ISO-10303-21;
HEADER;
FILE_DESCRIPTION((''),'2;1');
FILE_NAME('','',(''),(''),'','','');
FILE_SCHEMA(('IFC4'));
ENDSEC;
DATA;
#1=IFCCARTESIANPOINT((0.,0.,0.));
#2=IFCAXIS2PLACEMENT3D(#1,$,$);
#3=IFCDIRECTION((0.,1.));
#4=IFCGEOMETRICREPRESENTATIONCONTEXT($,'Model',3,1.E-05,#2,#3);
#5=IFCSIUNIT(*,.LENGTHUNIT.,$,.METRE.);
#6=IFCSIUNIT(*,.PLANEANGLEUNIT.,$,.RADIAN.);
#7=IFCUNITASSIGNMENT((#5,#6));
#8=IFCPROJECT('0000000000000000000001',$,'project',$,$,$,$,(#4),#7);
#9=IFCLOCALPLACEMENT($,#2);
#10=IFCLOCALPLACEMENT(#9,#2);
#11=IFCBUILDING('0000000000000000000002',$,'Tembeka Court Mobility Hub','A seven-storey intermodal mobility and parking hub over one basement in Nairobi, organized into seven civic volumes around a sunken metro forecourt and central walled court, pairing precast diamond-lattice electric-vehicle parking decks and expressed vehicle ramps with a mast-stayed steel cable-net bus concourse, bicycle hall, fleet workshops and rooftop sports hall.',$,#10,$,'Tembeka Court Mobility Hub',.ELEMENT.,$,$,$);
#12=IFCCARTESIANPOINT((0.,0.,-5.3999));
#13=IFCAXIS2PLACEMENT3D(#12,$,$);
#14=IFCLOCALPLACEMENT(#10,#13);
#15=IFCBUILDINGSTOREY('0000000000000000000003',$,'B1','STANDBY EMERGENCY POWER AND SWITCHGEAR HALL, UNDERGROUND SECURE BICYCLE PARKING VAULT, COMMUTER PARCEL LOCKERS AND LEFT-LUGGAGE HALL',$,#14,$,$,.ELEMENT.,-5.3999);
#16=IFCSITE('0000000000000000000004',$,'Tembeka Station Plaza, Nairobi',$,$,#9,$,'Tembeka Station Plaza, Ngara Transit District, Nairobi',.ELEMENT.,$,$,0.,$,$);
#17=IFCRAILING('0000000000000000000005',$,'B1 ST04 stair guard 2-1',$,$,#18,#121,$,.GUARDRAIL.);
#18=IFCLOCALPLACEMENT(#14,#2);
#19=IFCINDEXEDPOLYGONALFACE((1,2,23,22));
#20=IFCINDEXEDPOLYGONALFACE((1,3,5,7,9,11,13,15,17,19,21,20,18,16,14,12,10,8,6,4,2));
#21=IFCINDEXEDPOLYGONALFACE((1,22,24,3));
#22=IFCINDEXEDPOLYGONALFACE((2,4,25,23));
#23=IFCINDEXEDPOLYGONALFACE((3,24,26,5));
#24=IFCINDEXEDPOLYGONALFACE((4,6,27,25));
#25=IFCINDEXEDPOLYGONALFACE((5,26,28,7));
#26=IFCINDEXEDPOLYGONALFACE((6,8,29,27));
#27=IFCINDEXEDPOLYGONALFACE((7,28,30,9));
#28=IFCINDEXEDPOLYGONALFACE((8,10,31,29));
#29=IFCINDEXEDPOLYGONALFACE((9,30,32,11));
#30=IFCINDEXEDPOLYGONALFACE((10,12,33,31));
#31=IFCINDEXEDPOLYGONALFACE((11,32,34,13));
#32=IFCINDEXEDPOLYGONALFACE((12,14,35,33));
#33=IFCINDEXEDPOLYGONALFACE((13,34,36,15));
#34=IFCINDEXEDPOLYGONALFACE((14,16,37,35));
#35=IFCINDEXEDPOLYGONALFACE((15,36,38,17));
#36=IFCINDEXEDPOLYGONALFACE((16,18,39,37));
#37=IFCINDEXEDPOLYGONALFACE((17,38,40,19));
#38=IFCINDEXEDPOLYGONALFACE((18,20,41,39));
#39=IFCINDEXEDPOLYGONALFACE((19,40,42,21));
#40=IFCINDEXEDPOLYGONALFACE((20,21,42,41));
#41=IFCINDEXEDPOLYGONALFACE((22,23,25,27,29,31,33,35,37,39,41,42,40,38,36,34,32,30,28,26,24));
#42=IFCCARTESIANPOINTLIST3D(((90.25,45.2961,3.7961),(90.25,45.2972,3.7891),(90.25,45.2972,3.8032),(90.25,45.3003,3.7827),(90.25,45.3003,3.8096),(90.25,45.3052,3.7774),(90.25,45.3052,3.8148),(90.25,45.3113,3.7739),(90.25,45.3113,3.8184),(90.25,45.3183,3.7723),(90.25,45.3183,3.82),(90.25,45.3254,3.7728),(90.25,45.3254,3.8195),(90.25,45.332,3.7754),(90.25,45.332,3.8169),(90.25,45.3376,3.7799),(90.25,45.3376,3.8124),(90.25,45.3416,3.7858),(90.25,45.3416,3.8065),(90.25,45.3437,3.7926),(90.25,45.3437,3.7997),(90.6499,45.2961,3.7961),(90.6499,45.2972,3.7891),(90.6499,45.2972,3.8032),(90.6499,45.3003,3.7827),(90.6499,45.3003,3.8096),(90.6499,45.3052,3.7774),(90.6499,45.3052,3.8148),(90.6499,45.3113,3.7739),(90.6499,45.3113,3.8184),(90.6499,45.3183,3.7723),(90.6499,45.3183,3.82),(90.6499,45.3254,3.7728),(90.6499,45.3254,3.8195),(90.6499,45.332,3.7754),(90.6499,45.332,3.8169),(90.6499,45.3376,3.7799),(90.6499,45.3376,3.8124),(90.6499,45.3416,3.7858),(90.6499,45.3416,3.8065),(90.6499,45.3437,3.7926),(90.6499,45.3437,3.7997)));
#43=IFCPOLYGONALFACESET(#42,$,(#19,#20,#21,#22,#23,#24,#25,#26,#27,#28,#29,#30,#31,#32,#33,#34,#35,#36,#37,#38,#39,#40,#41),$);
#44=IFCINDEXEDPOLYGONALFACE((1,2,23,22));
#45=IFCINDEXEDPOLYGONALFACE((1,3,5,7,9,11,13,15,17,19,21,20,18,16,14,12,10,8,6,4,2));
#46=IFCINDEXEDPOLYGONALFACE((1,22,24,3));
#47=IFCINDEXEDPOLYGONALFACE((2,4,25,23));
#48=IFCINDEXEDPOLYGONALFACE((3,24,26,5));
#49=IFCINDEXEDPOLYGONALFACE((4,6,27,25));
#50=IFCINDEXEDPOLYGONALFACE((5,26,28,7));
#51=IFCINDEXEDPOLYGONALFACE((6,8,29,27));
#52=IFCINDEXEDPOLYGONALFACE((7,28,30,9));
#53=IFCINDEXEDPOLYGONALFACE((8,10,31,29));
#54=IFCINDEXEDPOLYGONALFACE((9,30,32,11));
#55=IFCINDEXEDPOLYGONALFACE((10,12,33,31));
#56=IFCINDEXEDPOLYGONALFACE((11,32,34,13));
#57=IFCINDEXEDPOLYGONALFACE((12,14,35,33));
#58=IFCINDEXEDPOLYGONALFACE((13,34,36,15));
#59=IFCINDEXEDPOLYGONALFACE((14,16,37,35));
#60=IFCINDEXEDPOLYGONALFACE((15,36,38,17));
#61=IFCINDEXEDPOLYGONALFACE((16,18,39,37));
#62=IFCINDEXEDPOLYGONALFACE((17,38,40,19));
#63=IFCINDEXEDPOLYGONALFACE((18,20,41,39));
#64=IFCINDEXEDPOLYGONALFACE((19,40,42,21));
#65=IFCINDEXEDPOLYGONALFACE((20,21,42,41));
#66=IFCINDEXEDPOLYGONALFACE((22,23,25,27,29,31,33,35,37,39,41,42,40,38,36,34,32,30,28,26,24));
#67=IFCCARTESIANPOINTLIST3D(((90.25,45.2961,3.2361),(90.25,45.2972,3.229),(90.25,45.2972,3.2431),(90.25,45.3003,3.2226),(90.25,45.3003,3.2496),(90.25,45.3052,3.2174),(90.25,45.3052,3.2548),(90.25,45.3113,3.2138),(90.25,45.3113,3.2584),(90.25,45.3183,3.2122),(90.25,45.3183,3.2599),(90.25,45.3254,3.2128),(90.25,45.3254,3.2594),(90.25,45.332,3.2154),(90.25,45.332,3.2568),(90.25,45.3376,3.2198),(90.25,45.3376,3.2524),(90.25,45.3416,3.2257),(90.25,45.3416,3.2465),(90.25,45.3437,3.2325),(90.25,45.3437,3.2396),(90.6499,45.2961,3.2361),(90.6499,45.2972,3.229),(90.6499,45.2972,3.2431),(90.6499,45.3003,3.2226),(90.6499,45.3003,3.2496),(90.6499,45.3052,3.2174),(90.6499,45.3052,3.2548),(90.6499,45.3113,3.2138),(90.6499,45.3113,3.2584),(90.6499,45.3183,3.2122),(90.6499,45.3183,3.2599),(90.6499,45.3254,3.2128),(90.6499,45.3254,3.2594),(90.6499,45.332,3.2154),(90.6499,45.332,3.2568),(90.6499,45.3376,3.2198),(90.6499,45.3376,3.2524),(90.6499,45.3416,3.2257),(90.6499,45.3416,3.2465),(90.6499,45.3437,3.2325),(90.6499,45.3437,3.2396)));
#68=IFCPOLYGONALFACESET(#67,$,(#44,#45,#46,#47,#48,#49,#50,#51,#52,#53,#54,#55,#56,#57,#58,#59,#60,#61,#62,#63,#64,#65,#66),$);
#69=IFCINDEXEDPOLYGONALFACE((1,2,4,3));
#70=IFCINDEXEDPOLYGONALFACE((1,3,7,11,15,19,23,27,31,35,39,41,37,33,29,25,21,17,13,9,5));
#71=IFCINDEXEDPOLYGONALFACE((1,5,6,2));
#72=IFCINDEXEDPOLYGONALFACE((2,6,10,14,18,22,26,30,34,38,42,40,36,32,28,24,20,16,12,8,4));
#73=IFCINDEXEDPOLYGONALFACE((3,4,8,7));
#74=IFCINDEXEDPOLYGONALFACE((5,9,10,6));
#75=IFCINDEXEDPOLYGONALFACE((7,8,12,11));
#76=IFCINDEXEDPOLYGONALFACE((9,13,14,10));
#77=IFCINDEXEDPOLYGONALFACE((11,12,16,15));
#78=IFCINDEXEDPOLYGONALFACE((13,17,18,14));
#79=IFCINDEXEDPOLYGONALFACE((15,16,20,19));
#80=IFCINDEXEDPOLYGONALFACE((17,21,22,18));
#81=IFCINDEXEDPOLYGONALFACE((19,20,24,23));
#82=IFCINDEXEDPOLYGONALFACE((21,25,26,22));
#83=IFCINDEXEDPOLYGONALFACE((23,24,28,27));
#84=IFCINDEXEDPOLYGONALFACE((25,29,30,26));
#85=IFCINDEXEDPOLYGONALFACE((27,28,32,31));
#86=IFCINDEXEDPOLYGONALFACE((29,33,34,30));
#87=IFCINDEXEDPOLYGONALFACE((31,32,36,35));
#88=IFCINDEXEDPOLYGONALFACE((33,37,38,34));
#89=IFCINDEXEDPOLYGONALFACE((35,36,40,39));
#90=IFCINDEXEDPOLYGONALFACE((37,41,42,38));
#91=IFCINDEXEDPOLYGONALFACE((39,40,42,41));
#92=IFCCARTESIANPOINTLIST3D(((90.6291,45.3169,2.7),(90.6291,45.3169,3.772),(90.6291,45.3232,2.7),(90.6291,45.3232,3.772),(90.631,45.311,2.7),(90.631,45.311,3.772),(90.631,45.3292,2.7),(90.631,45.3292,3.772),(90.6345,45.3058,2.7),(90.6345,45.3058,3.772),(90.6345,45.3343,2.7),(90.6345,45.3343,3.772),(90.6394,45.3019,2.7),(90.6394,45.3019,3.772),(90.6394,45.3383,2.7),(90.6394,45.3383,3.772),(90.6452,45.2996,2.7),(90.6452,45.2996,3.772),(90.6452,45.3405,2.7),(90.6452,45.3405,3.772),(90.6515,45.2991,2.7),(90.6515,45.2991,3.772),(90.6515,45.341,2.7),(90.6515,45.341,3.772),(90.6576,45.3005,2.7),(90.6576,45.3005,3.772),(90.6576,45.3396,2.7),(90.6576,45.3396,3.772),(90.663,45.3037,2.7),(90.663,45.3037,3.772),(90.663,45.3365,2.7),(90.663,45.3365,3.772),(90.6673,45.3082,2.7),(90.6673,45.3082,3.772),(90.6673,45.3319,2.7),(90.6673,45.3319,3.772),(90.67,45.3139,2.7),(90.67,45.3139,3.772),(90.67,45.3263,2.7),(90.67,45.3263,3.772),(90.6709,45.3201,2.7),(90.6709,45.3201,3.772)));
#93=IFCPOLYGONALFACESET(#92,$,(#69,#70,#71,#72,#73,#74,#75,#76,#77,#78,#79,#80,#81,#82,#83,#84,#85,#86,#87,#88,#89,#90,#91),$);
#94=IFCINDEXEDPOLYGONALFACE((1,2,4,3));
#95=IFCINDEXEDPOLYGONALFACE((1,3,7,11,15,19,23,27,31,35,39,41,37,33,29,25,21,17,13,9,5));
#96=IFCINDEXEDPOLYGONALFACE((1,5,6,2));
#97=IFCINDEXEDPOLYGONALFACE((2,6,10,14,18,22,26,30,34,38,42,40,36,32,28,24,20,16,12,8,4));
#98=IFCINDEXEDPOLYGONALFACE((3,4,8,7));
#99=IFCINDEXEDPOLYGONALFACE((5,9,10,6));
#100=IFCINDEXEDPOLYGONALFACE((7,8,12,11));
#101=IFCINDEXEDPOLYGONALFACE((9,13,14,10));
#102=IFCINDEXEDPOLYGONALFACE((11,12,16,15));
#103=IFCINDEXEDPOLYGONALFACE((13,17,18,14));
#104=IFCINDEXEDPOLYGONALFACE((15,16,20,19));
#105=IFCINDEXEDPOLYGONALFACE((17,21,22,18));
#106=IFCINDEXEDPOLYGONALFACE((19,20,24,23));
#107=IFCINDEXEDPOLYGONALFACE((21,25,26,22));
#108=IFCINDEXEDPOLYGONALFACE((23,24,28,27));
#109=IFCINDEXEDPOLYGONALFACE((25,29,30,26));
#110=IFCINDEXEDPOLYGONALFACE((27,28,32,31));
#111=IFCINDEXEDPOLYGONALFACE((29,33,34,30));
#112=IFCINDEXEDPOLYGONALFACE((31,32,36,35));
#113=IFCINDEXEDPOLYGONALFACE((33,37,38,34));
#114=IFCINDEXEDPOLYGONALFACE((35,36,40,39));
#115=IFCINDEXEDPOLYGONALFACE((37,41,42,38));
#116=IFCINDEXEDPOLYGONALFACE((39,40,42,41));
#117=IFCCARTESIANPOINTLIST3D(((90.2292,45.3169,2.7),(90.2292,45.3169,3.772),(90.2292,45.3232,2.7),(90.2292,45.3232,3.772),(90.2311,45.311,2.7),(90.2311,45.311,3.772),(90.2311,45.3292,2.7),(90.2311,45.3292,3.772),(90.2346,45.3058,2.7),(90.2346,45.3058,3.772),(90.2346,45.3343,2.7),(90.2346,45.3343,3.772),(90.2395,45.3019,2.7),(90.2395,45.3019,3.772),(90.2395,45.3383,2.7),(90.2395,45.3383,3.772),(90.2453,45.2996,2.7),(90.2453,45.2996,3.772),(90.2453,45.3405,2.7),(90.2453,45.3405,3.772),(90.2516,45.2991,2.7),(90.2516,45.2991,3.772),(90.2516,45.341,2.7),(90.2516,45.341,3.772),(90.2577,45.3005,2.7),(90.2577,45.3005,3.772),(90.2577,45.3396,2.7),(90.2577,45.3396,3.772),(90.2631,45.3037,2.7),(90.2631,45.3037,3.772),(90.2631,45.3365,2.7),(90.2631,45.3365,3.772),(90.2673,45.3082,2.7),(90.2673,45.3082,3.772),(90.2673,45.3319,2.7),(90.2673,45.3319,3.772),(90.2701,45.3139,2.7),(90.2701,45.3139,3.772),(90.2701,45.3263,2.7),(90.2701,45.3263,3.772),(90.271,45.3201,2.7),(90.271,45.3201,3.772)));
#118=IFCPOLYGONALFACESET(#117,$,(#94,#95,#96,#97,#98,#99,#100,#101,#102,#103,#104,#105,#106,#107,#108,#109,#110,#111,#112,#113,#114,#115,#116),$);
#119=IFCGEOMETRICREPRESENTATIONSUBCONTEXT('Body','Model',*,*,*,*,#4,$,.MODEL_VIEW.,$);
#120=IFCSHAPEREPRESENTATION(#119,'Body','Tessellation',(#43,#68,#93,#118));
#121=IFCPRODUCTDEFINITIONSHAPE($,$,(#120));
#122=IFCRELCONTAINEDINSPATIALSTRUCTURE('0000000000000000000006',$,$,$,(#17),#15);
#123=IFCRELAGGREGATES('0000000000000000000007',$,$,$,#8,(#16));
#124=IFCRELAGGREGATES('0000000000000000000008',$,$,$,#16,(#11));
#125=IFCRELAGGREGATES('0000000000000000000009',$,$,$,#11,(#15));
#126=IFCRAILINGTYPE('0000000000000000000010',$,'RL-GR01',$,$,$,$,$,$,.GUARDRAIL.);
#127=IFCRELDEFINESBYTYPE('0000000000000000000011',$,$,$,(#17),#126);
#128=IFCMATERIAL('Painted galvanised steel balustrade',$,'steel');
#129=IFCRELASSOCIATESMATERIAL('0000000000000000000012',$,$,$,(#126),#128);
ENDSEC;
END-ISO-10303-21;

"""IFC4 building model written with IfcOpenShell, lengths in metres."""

from ifc_helpers import new_model, si_unit, direction, frame, origin, origin_2d, place, context, subcontext, project, spatial, circle, extrude, material, type_object, element, save


model = new_model("IFC4")

# Units and contexts
model_context = context("Model", 3, precision=1e-05, world=origin(), true_north=direction((0.0, 1.0)))
body_context = subcontext(model_context, "Body", "Model", "MODEL_VIEW")
ifc_project = project(units=[si_unit("LENGTHUNIT", "METRE"), si_unit("PLANEANGLEUNIT", "RADIAN")], contexts=[model_context])

# Site, building, storey
site_placement = place(None, origin())
site = spatial("IfcSite", under=ifc_project, at=site_placement, Name="Tembeka Station Plaza, Nairobi", LongName="Tembeka Station Plaza, Ngara Transit District, Nairobi", CompositionType="ELEMENT", RefElevation=0.0)
building_placement = place(site_placement, origin())
building = spatial("IfcBuilding", under=site, at=building_placement, Name="Tembeka Court Mobility Hub", Description="A seven-storey intermodal mobility and parking hub over one basement in Nairobi, organized into seven civic volumes around a sunken metro forecourt and central walled court, pairing precast diamond-lattice electric-vehicle parking decks and expressed vehicle ramps with a mast-stayed steel cable-net bus concourse, bicycle hall, fleet workshops and rooftop sports hall.", LongName="Tembeka Court Mobility Hub", CompositionType="ELEMENT")
storey_placement = place(building_placement, frame((0.0, 0.0, -5.3999)))
storey = spatial("IfcBuildingStorey", under=building, at=storey_placement, Name="B1", Description="STANDBY EMERGENCY POWER AND SWITCHGEAR HALL, UNDERGROUND SECURE BICYCLE PARKING VAULT, COMMUTER PARCEL LOCKERS AND LEFT-LUGGAGE HALL", CompositionType="ELEMENT", Elevation=-5.3999)

# Railing
ifc_material_1 = material(Name="Painted galvanised steel balustrade", Category="steel")
railing_type_1 = type_object("IfcRailingType", Name="RL-GR01", PredefinedType="GUARDRAIL", material=ifc_material_1)
railing_1_placement = place(storey_placement, frame((90.6499, 45.3201, 2.7)))
element("IfcRailing", 1, at=railing_1_placement, inside=storey, type_object=railing_type_1, Name="B1 ST04 stair guard 2-1", PredefinedType="GUARDRAIL", context=body_context, shape_type="SweptSolid", body=[
    extrude(circle(Radius=0.0239, at=origin_2d()), frame((0.0, 0.0, 1.0962), z_axis=(-1.0, 0.0, 0.0), x_axis=(0.0, -1.0, 0.0)), (0.0, 0.0, 1.0), 0.3999),
    extrude(circle(Radius=0.0239, at=origin_2d()), frame((0.0, 0.0, 0.5361), z_axis=(-1.0, 0.0, 0.0), x_axis=(0.0, -1.0, 0.0)), (0.0, 0.0, 1.0), 0.3999),
    extrude(circle(Radius=0.021, at=origin_2d()), origin(), (0.0, 0.0, 1.0), 1.072),
    extrude(circle(Radius=0.021, at=origin_2d()), frame((-0.3999, 0.0, 0.0)), (0.0, 0.0, 1.0), 1.072),
])

save(model, "model.ifc")
